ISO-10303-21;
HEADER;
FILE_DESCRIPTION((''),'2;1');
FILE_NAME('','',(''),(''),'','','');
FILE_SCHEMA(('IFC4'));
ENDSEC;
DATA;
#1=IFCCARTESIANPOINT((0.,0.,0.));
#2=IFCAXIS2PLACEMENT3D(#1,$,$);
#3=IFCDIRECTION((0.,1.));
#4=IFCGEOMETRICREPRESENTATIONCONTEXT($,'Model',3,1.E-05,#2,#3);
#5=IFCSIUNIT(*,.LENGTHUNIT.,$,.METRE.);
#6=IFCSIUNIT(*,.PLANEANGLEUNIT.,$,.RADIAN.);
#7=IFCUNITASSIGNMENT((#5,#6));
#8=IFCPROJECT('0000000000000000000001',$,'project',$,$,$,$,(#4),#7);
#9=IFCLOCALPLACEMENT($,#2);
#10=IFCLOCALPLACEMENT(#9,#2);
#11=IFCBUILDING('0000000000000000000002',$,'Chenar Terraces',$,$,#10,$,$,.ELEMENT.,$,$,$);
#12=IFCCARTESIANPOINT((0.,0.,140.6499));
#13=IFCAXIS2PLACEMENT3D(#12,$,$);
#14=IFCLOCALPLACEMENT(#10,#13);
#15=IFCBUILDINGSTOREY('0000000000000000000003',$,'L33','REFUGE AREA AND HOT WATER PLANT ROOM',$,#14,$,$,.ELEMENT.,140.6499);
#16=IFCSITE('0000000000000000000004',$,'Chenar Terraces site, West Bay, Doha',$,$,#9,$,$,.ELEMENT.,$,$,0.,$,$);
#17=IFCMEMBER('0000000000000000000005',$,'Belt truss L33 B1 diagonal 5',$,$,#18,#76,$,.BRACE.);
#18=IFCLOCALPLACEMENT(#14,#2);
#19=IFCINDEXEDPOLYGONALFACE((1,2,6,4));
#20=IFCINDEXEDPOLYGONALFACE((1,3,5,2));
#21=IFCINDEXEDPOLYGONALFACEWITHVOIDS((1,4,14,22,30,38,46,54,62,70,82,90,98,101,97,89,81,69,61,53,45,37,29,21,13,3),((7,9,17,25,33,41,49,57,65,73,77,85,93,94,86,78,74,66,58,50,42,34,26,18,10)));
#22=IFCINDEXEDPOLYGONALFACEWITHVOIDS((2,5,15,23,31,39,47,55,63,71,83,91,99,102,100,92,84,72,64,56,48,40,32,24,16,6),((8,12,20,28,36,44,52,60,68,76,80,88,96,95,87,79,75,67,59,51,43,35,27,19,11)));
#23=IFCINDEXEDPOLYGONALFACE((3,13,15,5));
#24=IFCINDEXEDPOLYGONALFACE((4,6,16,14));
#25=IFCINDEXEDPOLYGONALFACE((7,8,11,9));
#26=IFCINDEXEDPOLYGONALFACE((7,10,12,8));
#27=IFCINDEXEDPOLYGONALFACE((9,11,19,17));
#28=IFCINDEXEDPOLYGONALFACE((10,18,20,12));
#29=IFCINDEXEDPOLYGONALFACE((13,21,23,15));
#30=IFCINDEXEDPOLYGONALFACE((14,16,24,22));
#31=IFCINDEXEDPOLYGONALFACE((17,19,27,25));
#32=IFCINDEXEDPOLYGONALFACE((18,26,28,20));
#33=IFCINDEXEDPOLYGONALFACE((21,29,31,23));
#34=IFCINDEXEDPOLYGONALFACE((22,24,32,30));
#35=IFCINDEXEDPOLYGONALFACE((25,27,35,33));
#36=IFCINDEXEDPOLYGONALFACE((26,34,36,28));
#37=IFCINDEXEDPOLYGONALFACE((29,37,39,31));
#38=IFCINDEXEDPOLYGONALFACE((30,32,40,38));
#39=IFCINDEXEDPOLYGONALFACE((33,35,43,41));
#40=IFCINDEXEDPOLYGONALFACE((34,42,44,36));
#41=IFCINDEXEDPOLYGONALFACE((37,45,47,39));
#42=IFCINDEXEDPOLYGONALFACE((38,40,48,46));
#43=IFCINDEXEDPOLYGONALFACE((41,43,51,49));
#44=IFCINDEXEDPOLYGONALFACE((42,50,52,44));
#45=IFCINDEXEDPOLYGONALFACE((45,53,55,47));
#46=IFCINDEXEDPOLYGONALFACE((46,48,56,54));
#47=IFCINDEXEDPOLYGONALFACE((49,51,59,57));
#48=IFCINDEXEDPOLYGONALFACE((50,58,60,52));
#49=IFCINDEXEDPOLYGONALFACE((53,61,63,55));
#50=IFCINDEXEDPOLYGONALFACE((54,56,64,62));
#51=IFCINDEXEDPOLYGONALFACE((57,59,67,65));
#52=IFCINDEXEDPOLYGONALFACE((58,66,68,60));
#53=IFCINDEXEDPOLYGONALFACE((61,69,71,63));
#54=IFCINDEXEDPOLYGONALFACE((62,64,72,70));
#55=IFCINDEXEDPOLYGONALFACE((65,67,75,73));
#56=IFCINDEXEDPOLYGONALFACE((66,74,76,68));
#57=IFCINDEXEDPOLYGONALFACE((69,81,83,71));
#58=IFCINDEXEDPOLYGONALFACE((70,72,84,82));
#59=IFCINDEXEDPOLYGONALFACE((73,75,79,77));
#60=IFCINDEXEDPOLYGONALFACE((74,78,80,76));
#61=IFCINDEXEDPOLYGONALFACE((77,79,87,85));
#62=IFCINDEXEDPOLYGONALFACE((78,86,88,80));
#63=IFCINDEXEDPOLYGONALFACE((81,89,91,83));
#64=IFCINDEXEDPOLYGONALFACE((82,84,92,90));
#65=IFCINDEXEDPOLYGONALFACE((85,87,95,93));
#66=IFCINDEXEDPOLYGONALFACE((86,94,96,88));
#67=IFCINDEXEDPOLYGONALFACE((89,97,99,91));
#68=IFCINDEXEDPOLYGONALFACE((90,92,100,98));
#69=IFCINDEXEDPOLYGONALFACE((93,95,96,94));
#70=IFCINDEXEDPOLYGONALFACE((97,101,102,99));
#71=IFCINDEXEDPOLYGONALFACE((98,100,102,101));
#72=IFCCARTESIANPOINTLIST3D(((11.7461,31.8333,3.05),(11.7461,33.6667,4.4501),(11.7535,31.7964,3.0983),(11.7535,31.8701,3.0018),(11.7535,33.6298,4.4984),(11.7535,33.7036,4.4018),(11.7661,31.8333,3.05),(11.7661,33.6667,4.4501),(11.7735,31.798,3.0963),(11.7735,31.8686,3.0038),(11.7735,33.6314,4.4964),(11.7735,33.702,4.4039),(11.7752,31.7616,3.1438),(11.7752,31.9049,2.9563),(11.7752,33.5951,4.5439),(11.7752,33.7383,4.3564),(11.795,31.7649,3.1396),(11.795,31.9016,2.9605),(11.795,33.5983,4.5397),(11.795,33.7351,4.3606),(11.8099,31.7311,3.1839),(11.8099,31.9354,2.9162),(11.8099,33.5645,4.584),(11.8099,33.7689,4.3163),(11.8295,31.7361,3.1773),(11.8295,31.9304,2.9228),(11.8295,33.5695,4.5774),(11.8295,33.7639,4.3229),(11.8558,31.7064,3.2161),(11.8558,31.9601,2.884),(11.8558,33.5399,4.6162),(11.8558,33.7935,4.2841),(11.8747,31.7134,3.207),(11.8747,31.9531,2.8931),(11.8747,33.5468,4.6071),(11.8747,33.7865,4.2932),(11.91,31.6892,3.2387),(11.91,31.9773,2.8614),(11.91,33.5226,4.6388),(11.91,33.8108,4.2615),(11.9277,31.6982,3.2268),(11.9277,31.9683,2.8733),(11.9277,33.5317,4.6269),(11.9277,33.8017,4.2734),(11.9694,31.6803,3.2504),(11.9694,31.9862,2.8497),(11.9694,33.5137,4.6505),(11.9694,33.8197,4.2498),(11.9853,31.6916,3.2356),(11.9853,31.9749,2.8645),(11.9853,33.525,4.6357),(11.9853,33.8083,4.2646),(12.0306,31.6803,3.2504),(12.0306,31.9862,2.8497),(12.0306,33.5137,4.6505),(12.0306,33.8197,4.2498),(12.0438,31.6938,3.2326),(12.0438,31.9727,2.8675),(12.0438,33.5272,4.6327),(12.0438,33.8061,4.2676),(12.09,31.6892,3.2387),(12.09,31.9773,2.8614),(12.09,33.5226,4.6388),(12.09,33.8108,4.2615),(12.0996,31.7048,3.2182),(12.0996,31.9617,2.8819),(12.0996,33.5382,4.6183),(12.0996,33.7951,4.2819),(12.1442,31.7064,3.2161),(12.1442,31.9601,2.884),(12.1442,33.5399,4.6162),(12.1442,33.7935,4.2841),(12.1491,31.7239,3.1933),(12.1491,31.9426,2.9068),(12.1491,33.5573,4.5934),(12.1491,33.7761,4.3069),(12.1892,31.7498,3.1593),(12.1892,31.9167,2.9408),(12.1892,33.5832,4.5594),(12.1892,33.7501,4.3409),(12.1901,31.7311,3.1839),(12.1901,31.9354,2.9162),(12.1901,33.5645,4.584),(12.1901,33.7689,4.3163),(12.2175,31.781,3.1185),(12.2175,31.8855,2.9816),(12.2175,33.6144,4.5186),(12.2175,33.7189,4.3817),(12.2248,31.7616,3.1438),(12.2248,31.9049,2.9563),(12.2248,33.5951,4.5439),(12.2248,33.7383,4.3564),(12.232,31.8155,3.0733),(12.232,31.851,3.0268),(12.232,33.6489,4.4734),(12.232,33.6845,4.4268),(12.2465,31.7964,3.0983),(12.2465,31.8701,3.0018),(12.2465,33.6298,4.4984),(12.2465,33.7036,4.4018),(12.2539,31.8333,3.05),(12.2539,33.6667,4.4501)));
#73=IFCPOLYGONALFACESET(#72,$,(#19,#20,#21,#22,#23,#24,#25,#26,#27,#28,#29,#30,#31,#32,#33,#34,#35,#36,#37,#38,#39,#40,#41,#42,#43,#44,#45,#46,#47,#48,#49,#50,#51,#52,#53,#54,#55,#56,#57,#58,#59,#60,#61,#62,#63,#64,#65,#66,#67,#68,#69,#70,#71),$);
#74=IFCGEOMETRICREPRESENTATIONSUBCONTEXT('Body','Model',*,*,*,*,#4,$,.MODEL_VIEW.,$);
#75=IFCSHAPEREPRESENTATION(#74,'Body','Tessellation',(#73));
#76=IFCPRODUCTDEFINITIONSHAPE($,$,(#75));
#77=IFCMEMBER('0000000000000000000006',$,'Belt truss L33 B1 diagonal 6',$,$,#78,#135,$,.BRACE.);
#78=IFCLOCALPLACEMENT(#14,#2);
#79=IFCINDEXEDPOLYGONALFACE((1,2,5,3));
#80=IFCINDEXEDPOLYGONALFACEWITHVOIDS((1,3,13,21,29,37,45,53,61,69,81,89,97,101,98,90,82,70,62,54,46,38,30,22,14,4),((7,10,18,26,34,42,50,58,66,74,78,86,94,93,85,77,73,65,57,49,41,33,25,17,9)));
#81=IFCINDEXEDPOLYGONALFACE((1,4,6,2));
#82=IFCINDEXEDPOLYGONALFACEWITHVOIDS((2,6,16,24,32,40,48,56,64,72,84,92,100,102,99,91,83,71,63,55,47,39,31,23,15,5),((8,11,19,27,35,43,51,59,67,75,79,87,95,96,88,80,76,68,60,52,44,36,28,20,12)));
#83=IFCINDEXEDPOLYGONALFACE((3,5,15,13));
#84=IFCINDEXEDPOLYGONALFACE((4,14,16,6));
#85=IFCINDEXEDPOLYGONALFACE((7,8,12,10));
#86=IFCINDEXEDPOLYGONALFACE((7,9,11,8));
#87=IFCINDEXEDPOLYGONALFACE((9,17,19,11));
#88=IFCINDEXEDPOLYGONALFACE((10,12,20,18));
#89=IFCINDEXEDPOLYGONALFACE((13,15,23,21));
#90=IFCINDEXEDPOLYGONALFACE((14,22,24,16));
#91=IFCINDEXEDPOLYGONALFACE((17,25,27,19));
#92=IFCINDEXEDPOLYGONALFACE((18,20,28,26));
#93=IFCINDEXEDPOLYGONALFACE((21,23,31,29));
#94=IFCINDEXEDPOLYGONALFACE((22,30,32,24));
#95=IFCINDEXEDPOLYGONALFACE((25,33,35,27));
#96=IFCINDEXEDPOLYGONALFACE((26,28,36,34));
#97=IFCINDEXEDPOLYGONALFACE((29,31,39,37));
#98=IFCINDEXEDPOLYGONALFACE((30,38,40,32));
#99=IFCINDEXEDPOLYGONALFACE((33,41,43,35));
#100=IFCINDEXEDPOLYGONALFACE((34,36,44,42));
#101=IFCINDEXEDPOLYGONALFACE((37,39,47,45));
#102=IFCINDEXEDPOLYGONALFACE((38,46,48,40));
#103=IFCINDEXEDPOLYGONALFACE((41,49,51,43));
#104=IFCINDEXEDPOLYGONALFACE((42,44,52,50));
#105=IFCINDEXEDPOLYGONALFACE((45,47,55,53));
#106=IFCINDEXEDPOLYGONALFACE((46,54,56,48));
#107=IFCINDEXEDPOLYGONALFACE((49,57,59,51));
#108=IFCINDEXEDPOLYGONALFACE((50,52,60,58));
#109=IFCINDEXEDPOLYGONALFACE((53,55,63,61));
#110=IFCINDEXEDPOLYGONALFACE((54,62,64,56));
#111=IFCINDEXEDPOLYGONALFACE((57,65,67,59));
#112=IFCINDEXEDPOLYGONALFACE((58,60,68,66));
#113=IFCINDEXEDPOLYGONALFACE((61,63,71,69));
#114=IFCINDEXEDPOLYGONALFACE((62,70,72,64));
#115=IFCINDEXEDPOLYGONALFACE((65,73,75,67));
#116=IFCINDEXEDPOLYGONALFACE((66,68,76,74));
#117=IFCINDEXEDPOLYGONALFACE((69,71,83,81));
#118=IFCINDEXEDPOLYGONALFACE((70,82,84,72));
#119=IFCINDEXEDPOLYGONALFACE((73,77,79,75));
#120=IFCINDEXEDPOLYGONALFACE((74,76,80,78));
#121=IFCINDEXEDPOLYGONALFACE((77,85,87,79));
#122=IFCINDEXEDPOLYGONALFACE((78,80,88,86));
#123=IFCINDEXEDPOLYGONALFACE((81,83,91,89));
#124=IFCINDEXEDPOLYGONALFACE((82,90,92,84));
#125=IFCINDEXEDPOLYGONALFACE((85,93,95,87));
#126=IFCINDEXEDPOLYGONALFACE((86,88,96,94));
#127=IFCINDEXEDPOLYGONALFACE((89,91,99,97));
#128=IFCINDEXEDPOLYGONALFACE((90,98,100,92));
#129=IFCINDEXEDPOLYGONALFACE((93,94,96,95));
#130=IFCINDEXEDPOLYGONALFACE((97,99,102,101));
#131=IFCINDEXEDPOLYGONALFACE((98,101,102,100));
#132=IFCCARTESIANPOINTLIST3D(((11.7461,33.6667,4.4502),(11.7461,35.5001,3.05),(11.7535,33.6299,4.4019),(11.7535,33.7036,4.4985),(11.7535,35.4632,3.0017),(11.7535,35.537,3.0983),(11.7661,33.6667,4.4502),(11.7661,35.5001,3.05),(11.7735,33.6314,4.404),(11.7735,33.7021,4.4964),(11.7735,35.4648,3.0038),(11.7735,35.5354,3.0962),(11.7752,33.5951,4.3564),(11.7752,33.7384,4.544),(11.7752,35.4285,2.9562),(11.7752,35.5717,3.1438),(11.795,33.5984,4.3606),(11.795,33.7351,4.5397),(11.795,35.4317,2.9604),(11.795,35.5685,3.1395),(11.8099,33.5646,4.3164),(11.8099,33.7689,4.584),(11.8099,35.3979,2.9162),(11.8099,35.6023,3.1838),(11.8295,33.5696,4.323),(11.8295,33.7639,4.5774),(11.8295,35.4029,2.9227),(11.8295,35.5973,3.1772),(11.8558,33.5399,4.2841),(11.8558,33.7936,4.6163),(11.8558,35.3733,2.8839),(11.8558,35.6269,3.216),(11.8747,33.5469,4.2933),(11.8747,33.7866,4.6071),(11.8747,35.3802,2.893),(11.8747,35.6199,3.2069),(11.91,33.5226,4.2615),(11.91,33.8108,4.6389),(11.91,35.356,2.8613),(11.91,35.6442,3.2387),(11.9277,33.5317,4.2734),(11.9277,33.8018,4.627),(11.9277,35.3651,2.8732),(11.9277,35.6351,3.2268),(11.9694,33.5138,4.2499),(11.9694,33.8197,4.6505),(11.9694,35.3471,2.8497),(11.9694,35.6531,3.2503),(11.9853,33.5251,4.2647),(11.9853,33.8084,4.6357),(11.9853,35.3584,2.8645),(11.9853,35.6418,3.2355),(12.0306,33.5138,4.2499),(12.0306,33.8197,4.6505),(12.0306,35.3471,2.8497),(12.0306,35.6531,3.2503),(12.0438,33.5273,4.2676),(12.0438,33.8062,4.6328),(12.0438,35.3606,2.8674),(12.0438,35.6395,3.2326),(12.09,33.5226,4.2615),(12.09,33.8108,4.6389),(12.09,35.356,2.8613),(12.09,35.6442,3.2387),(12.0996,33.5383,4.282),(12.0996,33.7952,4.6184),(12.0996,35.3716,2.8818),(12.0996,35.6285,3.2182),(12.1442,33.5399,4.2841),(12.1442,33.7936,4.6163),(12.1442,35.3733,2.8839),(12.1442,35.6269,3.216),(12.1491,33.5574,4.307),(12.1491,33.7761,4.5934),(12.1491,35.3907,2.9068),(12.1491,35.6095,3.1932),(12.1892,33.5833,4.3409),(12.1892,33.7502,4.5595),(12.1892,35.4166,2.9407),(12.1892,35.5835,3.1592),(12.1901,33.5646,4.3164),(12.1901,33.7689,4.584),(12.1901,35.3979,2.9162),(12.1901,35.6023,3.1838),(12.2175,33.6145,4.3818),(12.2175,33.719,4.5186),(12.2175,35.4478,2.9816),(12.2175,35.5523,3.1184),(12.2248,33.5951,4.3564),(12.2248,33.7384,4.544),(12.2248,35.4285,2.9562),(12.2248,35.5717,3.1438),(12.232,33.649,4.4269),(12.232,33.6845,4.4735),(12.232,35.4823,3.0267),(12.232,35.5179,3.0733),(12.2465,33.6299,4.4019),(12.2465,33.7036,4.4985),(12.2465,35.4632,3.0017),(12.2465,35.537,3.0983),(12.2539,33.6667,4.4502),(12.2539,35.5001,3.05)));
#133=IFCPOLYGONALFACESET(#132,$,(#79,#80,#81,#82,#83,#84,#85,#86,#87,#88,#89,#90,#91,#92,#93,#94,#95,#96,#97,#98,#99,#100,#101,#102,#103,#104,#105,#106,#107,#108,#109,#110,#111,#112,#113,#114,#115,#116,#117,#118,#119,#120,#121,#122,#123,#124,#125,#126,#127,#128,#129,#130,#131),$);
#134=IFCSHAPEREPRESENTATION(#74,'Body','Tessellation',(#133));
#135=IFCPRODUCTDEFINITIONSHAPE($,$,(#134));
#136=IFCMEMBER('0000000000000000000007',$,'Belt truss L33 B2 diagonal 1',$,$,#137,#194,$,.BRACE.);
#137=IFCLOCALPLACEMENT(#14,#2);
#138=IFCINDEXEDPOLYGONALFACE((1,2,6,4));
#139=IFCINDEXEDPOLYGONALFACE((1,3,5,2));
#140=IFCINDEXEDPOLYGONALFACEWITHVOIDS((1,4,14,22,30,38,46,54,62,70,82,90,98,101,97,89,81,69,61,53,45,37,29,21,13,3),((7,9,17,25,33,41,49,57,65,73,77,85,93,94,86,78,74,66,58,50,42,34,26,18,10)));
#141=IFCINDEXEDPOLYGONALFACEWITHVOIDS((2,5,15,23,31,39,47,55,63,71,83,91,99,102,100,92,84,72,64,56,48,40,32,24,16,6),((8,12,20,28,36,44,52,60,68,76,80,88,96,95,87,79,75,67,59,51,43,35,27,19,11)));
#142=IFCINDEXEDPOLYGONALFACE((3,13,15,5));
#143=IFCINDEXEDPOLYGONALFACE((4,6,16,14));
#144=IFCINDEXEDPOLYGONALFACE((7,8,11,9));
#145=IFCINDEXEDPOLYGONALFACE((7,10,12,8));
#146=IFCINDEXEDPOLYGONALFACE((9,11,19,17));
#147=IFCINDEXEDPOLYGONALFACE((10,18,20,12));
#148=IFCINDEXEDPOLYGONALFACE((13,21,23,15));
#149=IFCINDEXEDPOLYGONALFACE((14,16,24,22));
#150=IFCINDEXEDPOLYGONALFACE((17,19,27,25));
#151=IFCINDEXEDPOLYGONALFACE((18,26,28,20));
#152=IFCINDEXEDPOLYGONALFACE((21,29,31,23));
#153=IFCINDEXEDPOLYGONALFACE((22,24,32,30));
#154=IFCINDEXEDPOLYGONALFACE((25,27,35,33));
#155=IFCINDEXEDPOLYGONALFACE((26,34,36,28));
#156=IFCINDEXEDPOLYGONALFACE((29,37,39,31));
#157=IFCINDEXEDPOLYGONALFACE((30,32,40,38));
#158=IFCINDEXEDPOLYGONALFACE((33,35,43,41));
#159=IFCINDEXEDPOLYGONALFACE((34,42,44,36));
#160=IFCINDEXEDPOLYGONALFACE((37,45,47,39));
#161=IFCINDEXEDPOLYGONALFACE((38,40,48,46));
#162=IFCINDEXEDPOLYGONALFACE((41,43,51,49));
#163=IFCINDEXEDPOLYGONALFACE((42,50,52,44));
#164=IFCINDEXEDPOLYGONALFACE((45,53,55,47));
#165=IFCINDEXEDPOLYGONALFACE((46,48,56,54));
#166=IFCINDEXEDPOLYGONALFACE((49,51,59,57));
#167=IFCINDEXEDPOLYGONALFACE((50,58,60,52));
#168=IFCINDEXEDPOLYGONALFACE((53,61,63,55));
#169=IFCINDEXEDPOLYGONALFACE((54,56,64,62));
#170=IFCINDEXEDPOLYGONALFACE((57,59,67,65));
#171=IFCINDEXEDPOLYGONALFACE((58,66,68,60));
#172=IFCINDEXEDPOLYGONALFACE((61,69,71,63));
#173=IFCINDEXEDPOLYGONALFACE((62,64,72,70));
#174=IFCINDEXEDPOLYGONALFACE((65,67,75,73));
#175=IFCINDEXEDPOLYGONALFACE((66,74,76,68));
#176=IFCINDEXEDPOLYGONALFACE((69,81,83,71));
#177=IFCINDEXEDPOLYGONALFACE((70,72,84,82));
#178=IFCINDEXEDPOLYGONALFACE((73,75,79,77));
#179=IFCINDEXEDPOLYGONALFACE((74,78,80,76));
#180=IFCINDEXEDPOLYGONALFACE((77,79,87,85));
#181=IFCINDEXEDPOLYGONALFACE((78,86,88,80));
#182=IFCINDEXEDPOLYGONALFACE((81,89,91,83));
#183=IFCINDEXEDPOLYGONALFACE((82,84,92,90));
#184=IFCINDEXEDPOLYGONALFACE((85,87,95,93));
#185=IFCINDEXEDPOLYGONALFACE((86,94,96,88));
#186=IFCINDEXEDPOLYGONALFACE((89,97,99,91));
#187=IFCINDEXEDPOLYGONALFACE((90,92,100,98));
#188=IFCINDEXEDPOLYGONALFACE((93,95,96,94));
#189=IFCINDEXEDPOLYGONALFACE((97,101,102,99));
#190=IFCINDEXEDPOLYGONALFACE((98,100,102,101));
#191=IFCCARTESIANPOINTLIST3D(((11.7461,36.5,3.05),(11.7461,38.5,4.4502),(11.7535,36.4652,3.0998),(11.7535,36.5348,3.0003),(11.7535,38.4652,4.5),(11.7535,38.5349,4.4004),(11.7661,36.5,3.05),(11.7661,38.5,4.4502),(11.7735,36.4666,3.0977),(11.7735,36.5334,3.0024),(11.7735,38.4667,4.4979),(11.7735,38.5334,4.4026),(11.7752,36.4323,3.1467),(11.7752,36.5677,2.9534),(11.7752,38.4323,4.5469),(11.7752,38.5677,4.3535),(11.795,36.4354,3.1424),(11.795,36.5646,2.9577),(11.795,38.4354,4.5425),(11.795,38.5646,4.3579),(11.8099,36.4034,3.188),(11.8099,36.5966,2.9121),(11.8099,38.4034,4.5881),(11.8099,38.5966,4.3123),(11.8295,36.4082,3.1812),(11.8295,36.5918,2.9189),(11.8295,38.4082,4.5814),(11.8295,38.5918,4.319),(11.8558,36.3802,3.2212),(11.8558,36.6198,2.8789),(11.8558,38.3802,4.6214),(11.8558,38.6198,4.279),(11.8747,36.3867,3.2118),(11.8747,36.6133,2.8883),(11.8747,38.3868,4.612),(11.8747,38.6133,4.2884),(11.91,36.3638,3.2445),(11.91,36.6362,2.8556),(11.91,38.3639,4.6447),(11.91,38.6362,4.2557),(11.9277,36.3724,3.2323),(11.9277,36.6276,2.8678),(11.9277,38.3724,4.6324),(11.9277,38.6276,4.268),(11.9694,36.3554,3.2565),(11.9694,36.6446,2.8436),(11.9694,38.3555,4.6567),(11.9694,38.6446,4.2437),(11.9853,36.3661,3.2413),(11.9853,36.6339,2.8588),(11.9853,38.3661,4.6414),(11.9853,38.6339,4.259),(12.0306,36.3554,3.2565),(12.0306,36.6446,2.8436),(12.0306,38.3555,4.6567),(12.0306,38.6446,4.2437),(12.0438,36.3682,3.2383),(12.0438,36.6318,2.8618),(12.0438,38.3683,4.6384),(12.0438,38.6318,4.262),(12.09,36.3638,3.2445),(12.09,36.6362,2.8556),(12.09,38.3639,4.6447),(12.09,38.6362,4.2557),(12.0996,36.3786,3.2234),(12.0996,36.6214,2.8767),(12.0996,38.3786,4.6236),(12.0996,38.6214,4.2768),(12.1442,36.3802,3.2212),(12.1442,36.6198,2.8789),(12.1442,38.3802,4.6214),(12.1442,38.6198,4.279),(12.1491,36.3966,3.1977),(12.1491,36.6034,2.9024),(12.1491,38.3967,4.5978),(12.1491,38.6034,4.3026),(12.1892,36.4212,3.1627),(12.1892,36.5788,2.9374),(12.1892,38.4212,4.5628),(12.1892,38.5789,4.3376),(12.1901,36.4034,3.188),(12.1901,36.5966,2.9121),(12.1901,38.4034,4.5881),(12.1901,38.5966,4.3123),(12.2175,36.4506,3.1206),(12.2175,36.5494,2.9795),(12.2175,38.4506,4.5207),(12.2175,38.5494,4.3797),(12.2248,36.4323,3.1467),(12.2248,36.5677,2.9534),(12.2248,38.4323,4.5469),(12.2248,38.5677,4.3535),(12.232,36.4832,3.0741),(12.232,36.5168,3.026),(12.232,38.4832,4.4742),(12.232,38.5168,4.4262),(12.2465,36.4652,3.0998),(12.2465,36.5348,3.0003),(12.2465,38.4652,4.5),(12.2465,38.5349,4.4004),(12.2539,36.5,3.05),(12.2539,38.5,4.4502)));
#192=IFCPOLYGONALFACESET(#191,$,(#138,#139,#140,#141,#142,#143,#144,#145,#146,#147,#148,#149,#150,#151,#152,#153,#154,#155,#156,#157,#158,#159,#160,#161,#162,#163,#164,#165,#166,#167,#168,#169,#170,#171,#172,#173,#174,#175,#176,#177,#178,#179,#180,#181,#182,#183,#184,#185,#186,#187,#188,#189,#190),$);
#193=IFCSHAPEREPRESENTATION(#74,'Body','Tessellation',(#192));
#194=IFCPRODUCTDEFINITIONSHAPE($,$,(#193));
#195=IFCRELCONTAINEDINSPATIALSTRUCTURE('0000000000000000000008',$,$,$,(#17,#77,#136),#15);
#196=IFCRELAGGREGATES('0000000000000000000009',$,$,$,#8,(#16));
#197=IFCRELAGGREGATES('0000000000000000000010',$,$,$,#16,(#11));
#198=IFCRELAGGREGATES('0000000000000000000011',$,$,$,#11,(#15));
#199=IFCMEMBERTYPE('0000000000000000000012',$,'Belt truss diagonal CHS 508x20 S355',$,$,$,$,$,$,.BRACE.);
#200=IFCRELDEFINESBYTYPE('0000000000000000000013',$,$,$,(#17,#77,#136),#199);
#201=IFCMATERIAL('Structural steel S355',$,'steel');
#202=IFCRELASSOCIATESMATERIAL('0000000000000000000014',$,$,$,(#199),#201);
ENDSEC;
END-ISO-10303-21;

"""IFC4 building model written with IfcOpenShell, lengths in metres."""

from ifc_helpers import new_model, si_unit, direction, frame, origin, origin_2d, place, context, subcontext, project, spatial, hollow_circle, extrude, material, material_profile, profile_set, type_object, element, save


model = new_model("IFC4")

# Units and contexts
model_context = context("Model", 3, precision=1e-05, world=origin(), true_north=direction((0.0, 1.0)))
body_context = subcontext(model_context, "Body", "Model", "MODEL_VIEW")
ifc_project = project(units=[si_unit("LENGTHUNIT", "METRE"), si_unit("PLANEANGLEUNIT", "RADIAN")], contexts=[model_context])

# Site, building, storey
site_placement = place(None, origin())
site = spatial("IfcSite", under=ifc_project, at=site_placement, Name="Chenar Terraces site, West Bay, Doha", CompositionType="ELEMENT", RefElevation=0.0)
building_placement = place(site_placement, origin())
building = spatial("IfcBuilding", under=site, at=building_placement, Name="Chenar Terraces", CompositionType="ELEMENT")
storey_placement = place(building_placement, frame((0.0, 0.0, 140.6499)))
storey = spatial("IfcBuildingStorey", under=building, at=storey_placement, Name="L33", Description="REFUGE AREA AND HOT WATER PLANT ROOM", CompositionType="ELEMENT", Elevation=140.6499)

# Members
ifc_material_1 = material(Name="Structural steel S355", Category="steel")
ifc_material_profile_1 = material_profile(ifc_material_1, hollow_circle(Radius=0.2539, WallThickness=0.02, at=origin_2d()), Name="CHS 508x20")
ifc_profile_set_1 = profile_set([ifc_material_profile_1], Name="Structural steel S355")
member_type = type_object("IfcMemberType", Name="Belt truss diagonal CHS 508x20 S355", PredefinedType="BRACE", material=ifc_profile_set_1)
for number, where, z_axis, x_axis, name in (
    (1, (12.0, 31.8333, 3.05), (0.0, 0.794763, 0.60692), (-1.0, 0.0, 0.0), "Belt truss L33 B1 diagonal 5"),
    (2, (12.0, 33.6667, 4.4502), (0.0, 0.794724, -0.606971), (-1.0, 0.0, 0.0), "Belt truss L33 B1 diagonal 6"),
):
    element("IfcMember", number, at=place(storey_placement, frame(where, z_axis=z_axis, x_axis=x_axis)), inside=storey, type_object=member_type, Name=name, PredefinedType="BRACE", context=body_context, shape_type="SweptSolid", body=[
        extrude(hollow_circle(Radius=0.2539, WallThickness=0.02, at=origin_2d()), origin(), (0.0, 0.0, 1.0), 2.3069),
    ])
for number, where, z_axis, x_axis, name in (
    (3, (12.0, 36.5, 3.05), (0.0, 0.819204, 0.573503), (-1.0, 0.0, 0.0), "Belt truss L33 B2 diagonal 1"),
):
    element("IfcMember", number, at=place(storey_placement, frame(where, z_axis=z_axis, x_axis=x_axis)), inside=storey, type_object=member_type, Name=name, PredefinedType="BRACE", context=body_context, shape_type="SweptSolid", body=[
        extrude(hollow_circle(Radius=0.2539, WallThickness=0.02, at=origin_2d()), origin(), (0.0, 0.0, 1.0), 2.4414),
    ])

save(model, "model.ifc")
